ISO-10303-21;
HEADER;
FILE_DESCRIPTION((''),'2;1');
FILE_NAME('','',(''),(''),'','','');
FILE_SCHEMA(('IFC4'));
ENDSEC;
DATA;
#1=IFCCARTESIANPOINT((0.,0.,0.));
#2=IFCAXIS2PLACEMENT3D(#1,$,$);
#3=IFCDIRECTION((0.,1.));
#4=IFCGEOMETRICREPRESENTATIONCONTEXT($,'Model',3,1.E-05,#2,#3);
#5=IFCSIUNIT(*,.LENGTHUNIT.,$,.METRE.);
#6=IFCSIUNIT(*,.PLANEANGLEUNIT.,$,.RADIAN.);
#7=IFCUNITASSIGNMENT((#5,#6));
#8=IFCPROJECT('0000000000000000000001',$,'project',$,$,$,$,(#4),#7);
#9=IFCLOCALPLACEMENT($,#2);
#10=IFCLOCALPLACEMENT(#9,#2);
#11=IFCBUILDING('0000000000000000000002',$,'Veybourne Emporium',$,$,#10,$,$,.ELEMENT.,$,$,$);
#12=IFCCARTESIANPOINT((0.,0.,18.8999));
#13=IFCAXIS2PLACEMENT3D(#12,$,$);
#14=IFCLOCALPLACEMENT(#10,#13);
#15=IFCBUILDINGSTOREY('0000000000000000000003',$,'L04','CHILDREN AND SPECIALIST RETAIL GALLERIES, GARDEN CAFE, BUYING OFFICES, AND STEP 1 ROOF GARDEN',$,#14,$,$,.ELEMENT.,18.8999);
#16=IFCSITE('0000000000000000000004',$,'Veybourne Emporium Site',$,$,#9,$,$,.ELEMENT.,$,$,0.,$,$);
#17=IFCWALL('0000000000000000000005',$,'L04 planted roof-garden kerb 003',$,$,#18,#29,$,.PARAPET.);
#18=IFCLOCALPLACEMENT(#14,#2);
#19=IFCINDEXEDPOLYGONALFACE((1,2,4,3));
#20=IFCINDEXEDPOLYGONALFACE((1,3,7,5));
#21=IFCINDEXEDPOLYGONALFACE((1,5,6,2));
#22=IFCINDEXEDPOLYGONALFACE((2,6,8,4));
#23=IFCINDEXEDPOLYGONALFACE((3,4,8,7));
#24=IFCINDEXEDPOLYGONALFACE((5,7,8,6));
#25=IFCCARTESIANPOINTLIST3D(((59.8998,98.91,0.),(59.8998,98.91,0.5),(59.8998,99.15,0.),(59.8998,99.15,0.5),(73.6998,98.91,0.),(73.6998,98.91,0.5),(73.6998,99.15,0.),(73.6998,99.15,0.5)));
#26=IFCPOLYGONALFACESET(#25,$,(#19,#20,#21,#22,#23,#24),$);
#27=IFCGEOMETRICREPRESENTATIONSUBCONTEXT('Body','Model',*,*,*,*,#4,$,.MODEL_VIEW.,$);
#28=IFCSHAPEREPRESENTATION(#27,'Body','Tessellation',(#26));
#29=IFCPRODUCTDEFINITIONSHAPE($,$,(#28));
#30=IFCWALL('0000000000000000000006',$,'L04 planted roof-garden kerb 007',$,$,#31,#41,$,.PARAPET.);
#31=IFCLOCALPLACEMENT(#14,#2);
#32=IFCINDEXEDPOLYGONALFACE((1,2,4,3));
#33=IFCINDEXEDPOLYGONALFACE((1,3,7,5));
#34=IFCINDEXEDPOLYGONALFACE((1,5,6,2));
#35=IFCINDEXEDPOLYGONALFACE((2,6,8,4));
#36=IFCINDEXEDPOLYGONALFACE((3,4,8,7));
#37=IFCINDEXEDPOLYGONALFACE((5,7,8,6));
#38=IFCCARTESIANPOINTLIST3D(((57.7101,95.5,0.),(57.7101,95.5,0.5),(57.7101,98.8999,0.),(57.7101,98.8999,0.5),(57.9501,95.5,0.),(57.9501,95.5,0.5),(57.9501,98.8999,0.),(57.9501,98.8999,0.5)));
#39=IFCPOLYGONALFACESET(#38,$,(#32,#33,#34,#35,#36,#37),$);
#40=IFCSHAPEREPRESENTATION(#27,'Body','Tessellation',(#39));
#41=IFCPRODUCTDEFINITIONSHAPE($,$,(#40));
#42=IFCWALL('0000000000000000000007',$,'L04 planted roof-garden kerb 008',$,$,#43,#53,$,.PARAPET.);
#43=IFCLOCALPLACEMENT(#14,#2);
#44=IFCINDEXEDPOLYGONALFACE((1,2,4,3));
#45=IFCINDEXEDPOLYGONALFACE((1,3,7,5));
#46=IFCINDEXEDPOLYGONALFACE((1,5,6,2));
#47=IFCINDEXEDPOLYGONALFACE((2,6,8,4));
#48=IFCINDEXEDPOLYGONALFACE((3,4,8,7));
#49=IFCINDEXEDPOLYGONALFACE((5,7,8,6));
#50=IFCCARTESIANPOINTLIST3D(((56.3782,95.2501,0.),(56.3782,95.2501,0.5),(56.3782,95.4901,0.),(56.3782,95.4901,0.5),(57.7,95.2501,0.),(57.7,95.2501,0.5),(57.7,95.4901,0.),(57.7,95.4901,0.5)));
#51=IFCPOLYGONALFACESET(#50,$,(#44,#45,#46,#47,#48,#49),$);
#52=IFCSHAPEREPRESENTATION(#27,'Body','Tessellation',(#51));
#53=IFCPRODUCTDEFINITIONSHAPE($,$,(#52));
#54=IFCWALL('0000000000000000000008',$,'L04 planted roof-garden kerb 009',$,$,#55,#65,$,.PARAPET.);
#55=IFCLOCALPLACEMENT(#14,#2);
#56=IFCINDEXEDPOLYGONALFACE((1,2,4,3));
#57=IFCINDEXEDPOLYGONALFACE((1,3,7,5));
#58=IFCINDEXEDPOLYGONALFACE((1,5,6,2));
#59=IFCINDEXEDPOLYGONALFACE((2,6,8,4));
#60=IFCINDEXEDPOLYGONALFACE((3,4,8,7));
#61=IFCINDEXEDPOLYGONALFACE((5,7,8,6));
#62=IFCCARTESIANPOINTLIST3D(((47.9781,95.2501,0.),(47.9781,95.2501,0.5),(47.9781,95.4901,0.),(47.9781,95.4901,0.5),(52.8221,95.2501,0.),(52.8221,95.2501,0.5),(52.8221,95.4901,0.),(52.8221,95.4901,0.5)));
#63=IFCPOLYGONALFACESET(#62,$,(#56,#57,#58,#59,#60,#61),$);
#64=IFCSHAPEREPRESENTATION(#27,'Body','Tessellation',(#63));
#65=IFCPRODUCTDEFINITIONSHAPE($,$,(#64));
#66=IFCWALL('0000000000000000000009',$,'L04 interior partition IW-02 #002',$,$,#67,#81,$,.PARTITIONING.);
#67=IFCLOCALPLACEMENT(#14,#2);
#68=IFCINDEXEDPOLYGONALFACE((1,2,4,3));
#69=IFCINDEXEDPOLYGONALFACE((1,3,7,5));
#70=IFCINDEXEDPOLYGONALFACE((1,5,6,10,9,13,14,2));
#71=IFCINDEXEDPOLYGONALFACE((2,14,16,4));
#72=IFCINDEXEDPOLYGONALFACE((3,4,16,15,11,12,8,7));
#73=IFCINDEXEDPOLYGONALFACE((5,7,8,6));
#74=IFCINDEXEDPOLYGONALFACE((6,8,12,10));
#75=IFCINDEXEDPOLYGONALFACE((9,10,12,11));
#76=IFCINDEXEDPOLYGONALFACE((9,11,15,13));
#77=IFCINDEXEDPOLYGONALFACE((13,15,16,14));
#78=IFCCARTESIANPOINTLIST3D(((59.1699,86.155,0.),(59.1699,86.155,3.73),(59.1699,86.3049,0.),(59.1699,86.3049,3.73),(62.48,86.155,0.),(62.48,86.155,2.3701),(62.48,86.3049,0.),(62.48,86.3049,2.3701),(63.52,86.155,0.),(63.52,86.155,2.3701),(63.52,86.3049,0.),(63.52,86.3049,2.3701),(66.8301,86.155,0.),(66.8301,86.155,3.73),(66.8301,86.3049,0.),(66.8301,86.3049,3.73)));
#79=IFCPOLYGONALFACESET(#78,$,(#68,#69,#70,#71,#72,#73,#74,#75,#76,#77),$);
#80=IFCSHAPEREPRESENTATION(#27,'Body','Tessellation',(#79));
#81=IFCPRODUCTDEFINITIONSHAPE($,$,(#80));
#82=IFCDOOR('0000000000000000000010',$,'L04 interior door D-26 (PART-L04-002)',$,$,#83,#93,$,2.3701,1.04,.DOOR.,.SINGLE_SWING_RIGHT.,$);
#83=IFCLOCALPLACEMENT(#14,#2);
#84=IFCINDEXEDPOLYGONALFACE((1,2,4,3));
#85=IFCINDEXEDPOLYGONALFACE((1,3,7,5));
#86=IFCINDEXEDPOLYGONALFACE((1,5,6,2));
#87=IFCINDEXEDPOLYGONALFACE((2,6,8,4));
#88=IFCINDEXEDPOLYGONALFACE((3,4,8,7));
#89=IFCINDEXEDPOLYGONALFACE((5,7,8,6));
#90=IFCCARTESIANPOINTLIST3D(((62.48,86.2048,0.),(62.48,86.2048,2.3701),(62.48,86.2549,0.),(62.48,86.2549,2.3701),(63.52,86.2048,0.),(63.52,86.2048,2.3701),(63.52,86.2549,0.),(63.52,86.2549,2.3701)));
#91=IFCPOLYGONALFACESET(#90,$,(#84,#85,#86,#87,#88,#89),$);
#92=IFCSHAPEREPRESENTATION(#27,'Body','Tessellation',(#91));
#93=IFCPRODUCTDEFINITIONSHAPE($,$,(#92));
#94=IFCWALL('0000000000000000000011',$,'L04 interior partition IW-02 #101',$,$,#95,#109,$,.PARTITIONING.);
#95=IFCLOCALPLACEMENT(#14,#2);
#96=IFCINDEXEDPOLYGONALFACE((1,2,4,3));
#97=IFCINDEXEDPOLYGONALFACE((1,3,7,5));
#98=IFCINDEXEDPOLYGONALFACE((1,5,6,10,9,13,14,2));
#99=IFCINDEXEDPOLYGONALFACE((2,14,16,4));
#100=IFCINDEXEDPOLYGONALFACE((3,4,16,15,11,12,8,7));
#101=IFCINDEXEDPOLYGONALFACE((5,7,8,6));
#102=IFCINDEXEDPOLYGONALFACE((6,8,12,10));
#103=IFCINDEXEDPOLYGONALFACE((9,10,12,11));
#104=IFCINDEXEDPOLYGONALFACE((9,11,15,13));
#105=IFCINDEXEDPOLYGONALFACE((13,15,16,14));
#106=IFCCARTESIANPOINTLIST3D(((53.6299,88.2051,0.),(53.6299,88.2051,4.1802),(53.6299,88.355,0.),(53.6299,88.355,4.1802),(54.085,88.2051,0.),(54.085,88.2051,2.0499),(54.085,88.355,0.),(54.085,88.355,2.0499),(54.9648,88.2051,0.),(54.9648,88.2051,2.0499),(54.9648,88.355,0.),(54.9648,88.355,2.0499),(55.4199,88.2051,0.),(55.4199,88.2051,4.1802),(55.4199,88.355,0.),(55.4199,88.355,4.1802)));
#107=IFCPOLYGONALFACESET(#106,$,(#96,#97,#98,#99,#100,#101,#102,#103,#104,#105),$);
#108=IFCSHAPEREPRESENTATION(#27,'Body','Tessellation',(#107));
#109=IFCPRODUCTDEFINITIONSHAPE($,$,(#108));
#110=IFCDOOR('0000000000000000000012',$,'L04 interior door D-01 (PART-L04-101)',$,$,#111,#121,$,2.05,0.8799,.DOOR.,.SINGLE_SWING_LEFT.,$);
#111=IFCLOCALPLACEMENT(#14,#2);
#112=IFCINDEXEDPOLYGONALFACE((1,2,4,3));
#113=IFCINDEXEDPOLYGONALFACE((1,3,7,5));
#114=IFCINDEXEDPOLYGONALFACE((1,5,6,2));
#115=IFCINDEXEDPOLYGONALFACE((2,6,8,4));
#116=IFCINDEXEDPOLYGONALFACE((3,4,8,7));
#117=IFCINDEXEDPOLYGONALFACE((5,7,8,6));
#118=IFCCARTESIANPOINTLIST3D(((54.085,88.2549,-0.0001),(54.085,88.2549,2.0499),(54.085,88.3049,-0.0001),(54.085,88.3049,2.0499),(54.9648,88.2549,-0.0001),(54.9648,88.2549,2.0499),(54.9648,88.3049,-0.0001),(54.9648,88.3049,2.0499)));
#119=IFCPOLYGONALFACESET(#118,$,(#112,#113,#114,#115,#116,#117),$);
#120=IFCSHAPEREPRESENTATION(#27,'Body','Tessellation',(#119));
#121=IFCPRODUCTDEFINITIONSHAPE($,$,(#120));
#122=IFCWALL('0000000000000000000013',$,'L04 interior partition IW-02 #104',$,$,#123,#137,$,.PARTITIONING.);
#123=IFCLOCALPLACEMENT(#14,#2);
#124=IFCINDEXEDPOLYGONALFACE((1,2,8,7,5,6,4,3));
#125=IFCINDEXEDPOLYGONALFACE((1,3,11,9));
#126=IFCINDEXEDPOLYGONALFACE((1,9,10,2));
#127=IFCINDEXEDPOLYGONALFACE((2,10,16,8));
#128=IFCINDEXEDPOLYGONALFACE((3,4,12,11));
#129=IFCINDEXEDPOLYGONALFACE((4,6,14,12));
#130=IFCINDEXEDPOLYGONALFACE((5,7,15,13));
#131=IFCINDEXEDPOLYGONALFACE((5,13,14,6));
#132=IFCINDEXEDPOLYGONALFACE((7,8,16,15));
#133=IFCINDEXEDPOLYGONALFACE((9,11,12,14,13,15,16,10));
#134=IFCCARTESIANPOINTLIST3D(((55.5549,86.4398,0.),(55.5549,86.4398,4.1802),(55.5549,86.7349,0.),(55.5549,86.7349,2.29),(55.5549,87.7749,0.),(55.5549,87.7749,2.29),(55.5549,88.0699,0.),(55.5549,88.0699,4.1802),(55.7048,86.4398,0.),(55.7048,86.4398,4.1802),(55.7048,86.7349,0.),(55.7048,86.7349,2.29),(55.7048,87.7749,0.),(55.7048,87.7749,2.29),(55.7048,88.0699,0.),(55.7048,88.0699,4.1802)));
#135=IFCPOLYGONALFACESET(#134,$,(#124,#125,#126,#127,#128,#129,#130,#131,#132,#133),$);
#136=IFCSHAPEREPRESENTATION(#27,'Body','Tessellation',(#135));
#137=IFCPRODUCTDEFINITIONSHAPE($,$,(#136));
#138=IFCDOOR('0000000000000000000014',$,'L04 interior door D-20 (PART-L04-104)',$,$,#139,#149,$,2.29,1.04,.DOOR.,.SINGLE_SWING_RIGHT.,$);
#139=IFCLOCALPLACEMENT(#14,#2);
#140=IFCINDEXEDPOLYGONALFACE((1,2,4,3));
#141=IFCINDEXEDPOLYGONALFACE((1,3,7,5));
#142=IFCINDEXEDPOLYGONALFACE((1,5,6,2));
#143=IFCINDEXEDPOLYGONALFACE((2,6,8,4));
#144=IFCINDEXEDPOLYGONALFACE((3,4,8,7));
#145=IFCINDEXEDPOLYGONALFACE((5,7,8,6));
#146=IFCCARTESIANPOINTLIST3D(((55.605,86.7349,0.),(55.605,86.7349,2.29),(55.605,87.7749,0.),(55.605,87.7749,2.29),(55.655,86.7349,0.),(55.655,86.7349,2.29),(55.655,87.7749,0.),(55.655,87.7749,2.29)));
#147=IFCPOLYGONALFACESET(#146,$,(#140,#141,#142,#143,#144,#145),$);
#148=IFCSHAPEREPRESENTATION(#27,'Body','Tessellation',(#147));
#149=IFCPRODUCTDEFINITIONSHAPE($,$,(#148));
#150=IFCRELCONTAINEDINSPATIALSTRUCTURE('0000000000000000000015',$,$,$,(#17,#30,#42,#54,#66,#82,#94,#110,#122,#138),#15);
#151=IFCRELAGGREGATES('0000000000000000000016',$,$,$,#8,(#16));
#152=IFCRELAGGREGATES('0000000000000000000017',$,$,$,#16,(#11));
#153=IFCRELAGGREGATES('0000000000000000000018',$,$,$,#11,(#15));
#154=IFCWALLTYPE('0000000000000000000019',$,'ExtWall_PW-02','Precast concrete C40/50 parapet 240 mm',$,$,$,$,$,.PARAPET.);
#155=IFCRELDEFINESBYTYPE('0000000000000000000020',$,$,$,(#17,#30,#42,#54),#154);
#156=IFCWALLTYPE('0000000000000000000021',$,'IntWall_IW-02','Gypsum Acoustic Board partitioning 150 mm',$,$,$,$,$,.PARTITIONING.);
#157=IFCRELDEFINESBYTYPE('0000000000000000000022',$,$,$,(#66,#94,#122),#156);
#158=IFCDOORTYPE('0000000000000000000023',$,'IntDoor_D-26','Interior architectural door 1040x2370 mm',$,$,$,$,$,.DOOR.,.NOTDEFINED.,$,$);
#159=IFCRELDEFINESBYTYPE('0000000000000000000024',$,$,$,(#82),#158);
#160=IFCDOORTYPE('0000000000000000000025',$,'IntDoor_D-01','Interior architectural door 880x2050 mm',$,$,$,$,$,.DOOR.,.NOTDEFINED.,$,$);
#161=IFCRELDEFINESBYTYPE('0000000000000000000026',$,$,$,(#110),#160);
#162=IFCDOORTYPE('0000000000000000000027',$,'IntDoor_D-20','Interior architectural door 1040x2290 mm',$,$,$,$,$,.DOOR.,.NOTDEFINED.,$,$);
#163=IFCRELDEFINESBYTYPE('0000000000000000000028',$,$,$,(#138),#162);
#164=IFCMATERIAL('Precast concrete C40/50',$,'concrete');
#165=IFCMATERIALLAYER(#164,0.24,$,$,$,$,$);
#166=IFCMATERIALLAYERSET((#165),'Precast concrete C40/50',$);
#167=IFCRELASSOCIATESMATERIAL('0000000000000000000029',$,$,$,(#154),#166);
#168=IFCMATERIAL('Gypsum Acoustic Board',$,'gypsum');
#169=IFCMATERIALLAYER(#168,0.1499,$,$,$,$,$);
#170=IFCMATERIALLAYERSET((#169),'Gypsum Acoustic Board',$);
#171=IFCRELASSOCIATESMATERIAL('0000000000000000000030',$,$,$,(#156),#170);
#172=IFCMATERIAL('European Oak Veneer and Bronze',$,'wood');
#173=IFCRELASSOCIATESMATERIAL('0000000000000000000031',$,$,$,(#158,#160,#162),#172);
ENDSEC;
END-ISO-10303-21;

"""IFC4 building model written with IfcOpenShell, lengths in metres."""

from ifc_helpers import new_model, si_unit, direction, frame, frame_2d, origin, place, context, subcontext, project, spatial, rectangle, extrude, material, layer, layer_set, type_object, element, fill, save


model = new_model("IFC4")

# Units and contexts
model_context = context("Model", 3, precision=1e-05, world=origin(), true_north=direction((0.0, 1.0)))
body_context = subcontext(model_context, "Body", "Model", "MODEL_VIEW")
ifc_project = project(units=[si_unit("LENGTHUNIT", "METRE"), si_unit("PLANEANGLEUNIT", "RADIAN")], contexts=[model_context])

# Site, building, storey
site_placement = place(None, origin())
site = spatial("IfcSite", under=ifc_project, at=site_placement, Name="Veybourne Emporium Site", CompositionType="ELEMENT", RefElevation=0.0)
building_placement = place(site_placement, origin())
building = spatial("IfcBuilding", under=site, at=building_placement, Name="Veybourne Emporium", CompositionType="ELEMENT")
storey_placement = place(building_placement, frame((0.0, 0.0, 18.8999)))
storey = spatial("IfcBuildingStorey", under=building, at=storey_placement, Name="L04", Description="CHILDREN AND SPECIALIST RETAIL GALLERIES, GARDEN CAFE, BUYING OFFICES, AND STEP 1 ROOF GARDEN", CompositionType="ELEMENT", Elevation=18.8999)

# Walls
ifc_material_1 = material(Name="Precast concrete C40/50", Category="concrete")
ifc_layer_1 = layer(ifc_material_1, 0.24)
ifc_layer_set_1 = layer_set([ifc_layer_1], Name="Precast concrete C40/50")
wall_type_1 = type_object("IfcWallType", Name="ExtWall_PW-02", Description="Precast concrete C40/50 parapet 240 mm", PredefinedType="PARAPET", material=ifc_layer_set_1)
wall_1_placement = place(storey_placement, frame((59.8999, 99.03, 0.0), z_axis=(0.0, 0.0, 1.0), x_axis=(1.0, 0.0, 0.0)))
element("IfcWall", 1, at=wall_1_placement, inside=storey, type_object=wall_type_1, Name="L04 planted roof-garden kerb 003", PredefinedType="PARAPET", context=body_context, shape_type="SweptSolid", body=[
    extrude(rectangle(XDim=13.8, YDim=0.24, at=frame_2d((6.8999, 0.0))), origin(), (0.0, 0.0, 1.0), 0.5),
])
wall_2_placement = place(storey_placement, frame((57.8301, 98.8999, 0.0), z_axis=(0.0, 0.0, 1.0), x_axis=(0.0, -1.0, 0.0)))
element("IfcWall", 2, at=wall_2_placement, inside=storey, type_object=wall_type_1, Name="L04 planted roof-garden kerb 007", PredefinedType="PARAPET", context=body_context, shape_type="SweptSolid", body=[
    extrude(rectangle(XDim=3.3999, YDim=0.24, at=frame_2d((1.7, 0.0))), origin(), (0.0, 0.0, 1.0), 0.5),
])
wall_3_placement = place(storey_placement, frame((57.7, 95.3701, 0.0), z_axis=(0.0, 0.0, 1.0), x_axis=(-1.0, 0.0, 0.0)))
element("IfcWall", 3, at=wall_3_placement, inside=storey, type_object=wall_type_1, Name="L04 planted roof-garden kerb 008", PredefinedType="PARAPET", context=body_context, shape_type="SweptSolid", body=[
    extrude(rectangle(XDim=1.3218, YDim=0.24, at=frame_2d((0.6609, 0.0))), origin(), (0.0, 0.0, 1.0), 0.5),
])
wall_4_placement = place(storey_placement, frame((52.822, 95.3701, 0.0), z_axis=(0.0, 0.0, 1.0), x_axis=(-1.0, 0.0, 0.0)))
element("IfcWall", 4, at=wall_4_placement, inside=storey, type_object=wall_type_1, Name="L04 planted roof-garden kerb 009", PredefinedType="PARAPET", context=body_context, shape_type="SweptSolid", body=[
    extrude(rectangle(XDim=4.844, YDim=0.24, at=frame_2d((2.4219, 0.0))), origin(), (0.0, 0.0, 1.0), 0.5),
])

# Walls, openings, doors
ifc_material_2 = material(Name="Gypsum Acoustic Board", Category="gypsum")
ifc_layer_2 = layer(ifc_material_2, 0.1499)
ifc_layer_set_2 = layer_set([ifc_layer_2], Name="Gypsum Acoustic Board")
wall_type_2 = type_object("IfcWallType", Name="IntWall_IW-02", Description="Gypsum Acoustic Board partitioning 150 mm", PredefinedType="PARTITIONING", material=ifc_layer_set_2)
wall_5_placement = place(storey_placement, frame((59.1699, 86.23, 0.0), z_axis=(0.0, 0.0, 1.0), x_axis=(1.0, 0.0, 0.0)))
wall_5 = element("IfcWall", 5, at=wall_5_placement, inside=storey, type_object=wall_type_2, Name="L04 interior partition IW-02 #002", PredefinedType="PARTITIONING", context=body_context, shape_type="SweptSolid", body=[
    extrude(rectangle(XDim=7.6602, YDim=0.1499, at=frame_2d((3.8301, 0.0))), origin(), (0.0, 0.0, 1.0), 3.73),
])
opening_1_placement = place(wall_5_placement, frame((3.3101, 0.0, 0.0)))
opening_1 = element("IfcOpeningElement", 6, at=opening_1_placement, cuts=wall_5, PredefinedType="OPENING", context=body_context, shape_type="SweptSolid", body=[
    extrude(rectangle(XDim=1.04, YDim=2.3701, at=frame_2d((0.52, 1.1851))), frame((0.0, 0.095, 0.0), z_axis=(0.0, -1.0, 0.0), x_axis=(1.0, 0.0, 0.0)), (0.0, 0.0, 1.0), 0.1899),
])
ifc_material_3 = material(Name="European Oak Veneer and Bronze", Category="wood")
door_type_1 = type_object("IfcDoorType", Name="IntDoor_D-26", Description="Interior architectural door 1040x2370 mm", OperationType="NOTDEFINED", PredefinedType="DOOR", material=ifc_material_3)
door_1_placement = place(opening_1_placement, origin())
door_1 = element("IfcDoor", 7, at=door_1_placement, inside=storey, type_object=door_type_1, Name="L04 interior door D-26 (PART-L04-002)", OperationType="SINGLE_SWING_RIGHT", OverallHeight=2.3701, OverallWidth=1.04, PredefinedType="DOOR", context=body_context, shape_type="SweptSolid", body=[
    extrude(rectangle(XDim=1.04, YDim=2.3701, at=frame_2d((0.52, 1.1851))), frame((0.0, 0.0249, 0.0), z_axis=(0.0, -1.0, 0.0), x_axis=(1.0, 0.0, 0.0)), (0.0, 0.0, 1.0), 0.05),
])
fill(opening_1, door_1)
wall_6_placement = place(storey_placement, frame((53.6299, 88.28, 0.0), z_axis=(0.0, 0.0, 1.0), x_axis=(1.0, 0.0, 0.0)))
wall_6 = element("IfcWall", 8, at=wall_6_placement, inside=storey, type_object=wall_type_2, Name="L04 interior partition IW-02 #101", PredefinedType="PARTITIONING", context=body_context, shape_type="SweptSolid", body=[
    extrude(rectangle(XDim=1.79, YDim=0.1499, at=frame_2d((0.895, 0.0))), origin(), (0.0, 0.0, 1.0), 4.1802),
])
opening_2_placement = place(wall_6_placement, frame((0.4551, 0.0, 0.0)))
opening_2 = element("IfcOpeningElement", 9, at=opening_2_placement, cuts=wall_6, PredefinedType="OPENING", context=body_context, shape_type="SweptSolid", body=[
    extrude(rectangle(XDim=0.8799, YDim=2.05, at=frame_2d((0.4399, 1.0249))), frame((0.0, 0.095, 0.0), z_axis=(0.0, -1.0, 0.0), x_axis=(1.0, 0.0, 0.0)), (0.0, 0.0, 1.0), 0.1899),
])
door_type_2 = type_object("IfcDoorType", Name="IntDoor_D-01", Description="Interior architectural door 880x2050 mm", OperationType="NOTDEFINED", PredefinedType="DOOR", material=ifc_material_3)
door_2_placement = place(opening_2_placement, origin())
door_2 = element("IfcDoor", 10, at=door_2_placement, inside=storey, type_object=door_type_2, Name="L04 interior door D-01 (PART-L04-101)", OperationType="SINGLE_SWING_LEFT", OverallHeight=2.05, OverallWidth=0.8799, PredefinedType="DOOR", context=body_context, shape_type="SweptSolid", body=[
    extrude(rectangle(XDim=0.8799, YDim=2.05, at=frame_2d((0.4399, 1.0249))), frame((0.0, 0.0249, 0.0), z_axis=(0.0, -1.0, 0.0), x_axis=(1.0, 0.0, 0.0)), (0.0, 0.0, 1.0), 0.05),
])
fill(opening_2, door_2)
wall_7_placement = place(storey_placement, frame((55.6299, 86.4399, 0.0), z_axis=(0.0, 0.0, 1.0), x_axis=(0.0, 1.0, 0.0)))
wall_7 = element("IfcWall", 11, at=wall_7_placement, inside=storey, type_object=wall_type_2, Name="L04 interior partition IW-02 #104", PredefinedType="PARTITIONING", context=body_context, shape_type="SweptSolid", body=[
    extrude(rectangle(XDim=1.6301, YDim=0.1499, at=frame_2d((0.8149, 0.0))), origin(), (0.0, 0.0, 1.0), 4.1802),
])
opening_3_placement = place(wall_7_placement, frame((0.2949, 0.0, 0.0)))
opening_3 = element("IfcOpeningElement", 12, at=opening_3_placement, cuts=wall_7, PredefinedType="OPENING", context=body_context, shape_type="SweptSolid", body=[
    extrude(rectangle(XDim=1.04, YDim=2.29, at=frame_2d((0.52, 1.145))), frame((0.0, 0.095, 0.0), z_axis=(0.0, -1.0, 0.0), x_axis=(1.0, 0.0, 0.0)), (0.0, 0.0, 1.0), 0.1899),
])
door_type_3 = type_object("IfcDoorType", Name="IntDoor_D-20", Description="Interior architectural door 1040x2290 mm", OperationType="NOTDEFINED", PredefinedType="DOOR", material=ifc_material_3)
door_3_placement = place(opening_3_placement, origin())
door_3 = element("IfcDoor", 13, at=door_3_placement, inside=storey, type_object=door_type_3, Name="L04 interior door D-20 (PART-L04-104)", OperationType="SINGLE_SWING_RIGHT", OverallHeight=2.29, OverallWidth=1.04, PredefinedType="DOOR", context=body_context, shape_type="SweptSolid", body=[
    extrude(rectangle(XDim=1.04, YDim=2.29, at=frame_2d((0.52, 1.145))), frame((0.0, 0.0249, 0.0), z_axis=(0.0, -1.0, 0.0), x_axis=(1.0, 0.0, 0.0)), (0.0, 0.0, 1.0), 0.05),
])
fill(opening_3, door_3)

save(model, "model.ifc")
